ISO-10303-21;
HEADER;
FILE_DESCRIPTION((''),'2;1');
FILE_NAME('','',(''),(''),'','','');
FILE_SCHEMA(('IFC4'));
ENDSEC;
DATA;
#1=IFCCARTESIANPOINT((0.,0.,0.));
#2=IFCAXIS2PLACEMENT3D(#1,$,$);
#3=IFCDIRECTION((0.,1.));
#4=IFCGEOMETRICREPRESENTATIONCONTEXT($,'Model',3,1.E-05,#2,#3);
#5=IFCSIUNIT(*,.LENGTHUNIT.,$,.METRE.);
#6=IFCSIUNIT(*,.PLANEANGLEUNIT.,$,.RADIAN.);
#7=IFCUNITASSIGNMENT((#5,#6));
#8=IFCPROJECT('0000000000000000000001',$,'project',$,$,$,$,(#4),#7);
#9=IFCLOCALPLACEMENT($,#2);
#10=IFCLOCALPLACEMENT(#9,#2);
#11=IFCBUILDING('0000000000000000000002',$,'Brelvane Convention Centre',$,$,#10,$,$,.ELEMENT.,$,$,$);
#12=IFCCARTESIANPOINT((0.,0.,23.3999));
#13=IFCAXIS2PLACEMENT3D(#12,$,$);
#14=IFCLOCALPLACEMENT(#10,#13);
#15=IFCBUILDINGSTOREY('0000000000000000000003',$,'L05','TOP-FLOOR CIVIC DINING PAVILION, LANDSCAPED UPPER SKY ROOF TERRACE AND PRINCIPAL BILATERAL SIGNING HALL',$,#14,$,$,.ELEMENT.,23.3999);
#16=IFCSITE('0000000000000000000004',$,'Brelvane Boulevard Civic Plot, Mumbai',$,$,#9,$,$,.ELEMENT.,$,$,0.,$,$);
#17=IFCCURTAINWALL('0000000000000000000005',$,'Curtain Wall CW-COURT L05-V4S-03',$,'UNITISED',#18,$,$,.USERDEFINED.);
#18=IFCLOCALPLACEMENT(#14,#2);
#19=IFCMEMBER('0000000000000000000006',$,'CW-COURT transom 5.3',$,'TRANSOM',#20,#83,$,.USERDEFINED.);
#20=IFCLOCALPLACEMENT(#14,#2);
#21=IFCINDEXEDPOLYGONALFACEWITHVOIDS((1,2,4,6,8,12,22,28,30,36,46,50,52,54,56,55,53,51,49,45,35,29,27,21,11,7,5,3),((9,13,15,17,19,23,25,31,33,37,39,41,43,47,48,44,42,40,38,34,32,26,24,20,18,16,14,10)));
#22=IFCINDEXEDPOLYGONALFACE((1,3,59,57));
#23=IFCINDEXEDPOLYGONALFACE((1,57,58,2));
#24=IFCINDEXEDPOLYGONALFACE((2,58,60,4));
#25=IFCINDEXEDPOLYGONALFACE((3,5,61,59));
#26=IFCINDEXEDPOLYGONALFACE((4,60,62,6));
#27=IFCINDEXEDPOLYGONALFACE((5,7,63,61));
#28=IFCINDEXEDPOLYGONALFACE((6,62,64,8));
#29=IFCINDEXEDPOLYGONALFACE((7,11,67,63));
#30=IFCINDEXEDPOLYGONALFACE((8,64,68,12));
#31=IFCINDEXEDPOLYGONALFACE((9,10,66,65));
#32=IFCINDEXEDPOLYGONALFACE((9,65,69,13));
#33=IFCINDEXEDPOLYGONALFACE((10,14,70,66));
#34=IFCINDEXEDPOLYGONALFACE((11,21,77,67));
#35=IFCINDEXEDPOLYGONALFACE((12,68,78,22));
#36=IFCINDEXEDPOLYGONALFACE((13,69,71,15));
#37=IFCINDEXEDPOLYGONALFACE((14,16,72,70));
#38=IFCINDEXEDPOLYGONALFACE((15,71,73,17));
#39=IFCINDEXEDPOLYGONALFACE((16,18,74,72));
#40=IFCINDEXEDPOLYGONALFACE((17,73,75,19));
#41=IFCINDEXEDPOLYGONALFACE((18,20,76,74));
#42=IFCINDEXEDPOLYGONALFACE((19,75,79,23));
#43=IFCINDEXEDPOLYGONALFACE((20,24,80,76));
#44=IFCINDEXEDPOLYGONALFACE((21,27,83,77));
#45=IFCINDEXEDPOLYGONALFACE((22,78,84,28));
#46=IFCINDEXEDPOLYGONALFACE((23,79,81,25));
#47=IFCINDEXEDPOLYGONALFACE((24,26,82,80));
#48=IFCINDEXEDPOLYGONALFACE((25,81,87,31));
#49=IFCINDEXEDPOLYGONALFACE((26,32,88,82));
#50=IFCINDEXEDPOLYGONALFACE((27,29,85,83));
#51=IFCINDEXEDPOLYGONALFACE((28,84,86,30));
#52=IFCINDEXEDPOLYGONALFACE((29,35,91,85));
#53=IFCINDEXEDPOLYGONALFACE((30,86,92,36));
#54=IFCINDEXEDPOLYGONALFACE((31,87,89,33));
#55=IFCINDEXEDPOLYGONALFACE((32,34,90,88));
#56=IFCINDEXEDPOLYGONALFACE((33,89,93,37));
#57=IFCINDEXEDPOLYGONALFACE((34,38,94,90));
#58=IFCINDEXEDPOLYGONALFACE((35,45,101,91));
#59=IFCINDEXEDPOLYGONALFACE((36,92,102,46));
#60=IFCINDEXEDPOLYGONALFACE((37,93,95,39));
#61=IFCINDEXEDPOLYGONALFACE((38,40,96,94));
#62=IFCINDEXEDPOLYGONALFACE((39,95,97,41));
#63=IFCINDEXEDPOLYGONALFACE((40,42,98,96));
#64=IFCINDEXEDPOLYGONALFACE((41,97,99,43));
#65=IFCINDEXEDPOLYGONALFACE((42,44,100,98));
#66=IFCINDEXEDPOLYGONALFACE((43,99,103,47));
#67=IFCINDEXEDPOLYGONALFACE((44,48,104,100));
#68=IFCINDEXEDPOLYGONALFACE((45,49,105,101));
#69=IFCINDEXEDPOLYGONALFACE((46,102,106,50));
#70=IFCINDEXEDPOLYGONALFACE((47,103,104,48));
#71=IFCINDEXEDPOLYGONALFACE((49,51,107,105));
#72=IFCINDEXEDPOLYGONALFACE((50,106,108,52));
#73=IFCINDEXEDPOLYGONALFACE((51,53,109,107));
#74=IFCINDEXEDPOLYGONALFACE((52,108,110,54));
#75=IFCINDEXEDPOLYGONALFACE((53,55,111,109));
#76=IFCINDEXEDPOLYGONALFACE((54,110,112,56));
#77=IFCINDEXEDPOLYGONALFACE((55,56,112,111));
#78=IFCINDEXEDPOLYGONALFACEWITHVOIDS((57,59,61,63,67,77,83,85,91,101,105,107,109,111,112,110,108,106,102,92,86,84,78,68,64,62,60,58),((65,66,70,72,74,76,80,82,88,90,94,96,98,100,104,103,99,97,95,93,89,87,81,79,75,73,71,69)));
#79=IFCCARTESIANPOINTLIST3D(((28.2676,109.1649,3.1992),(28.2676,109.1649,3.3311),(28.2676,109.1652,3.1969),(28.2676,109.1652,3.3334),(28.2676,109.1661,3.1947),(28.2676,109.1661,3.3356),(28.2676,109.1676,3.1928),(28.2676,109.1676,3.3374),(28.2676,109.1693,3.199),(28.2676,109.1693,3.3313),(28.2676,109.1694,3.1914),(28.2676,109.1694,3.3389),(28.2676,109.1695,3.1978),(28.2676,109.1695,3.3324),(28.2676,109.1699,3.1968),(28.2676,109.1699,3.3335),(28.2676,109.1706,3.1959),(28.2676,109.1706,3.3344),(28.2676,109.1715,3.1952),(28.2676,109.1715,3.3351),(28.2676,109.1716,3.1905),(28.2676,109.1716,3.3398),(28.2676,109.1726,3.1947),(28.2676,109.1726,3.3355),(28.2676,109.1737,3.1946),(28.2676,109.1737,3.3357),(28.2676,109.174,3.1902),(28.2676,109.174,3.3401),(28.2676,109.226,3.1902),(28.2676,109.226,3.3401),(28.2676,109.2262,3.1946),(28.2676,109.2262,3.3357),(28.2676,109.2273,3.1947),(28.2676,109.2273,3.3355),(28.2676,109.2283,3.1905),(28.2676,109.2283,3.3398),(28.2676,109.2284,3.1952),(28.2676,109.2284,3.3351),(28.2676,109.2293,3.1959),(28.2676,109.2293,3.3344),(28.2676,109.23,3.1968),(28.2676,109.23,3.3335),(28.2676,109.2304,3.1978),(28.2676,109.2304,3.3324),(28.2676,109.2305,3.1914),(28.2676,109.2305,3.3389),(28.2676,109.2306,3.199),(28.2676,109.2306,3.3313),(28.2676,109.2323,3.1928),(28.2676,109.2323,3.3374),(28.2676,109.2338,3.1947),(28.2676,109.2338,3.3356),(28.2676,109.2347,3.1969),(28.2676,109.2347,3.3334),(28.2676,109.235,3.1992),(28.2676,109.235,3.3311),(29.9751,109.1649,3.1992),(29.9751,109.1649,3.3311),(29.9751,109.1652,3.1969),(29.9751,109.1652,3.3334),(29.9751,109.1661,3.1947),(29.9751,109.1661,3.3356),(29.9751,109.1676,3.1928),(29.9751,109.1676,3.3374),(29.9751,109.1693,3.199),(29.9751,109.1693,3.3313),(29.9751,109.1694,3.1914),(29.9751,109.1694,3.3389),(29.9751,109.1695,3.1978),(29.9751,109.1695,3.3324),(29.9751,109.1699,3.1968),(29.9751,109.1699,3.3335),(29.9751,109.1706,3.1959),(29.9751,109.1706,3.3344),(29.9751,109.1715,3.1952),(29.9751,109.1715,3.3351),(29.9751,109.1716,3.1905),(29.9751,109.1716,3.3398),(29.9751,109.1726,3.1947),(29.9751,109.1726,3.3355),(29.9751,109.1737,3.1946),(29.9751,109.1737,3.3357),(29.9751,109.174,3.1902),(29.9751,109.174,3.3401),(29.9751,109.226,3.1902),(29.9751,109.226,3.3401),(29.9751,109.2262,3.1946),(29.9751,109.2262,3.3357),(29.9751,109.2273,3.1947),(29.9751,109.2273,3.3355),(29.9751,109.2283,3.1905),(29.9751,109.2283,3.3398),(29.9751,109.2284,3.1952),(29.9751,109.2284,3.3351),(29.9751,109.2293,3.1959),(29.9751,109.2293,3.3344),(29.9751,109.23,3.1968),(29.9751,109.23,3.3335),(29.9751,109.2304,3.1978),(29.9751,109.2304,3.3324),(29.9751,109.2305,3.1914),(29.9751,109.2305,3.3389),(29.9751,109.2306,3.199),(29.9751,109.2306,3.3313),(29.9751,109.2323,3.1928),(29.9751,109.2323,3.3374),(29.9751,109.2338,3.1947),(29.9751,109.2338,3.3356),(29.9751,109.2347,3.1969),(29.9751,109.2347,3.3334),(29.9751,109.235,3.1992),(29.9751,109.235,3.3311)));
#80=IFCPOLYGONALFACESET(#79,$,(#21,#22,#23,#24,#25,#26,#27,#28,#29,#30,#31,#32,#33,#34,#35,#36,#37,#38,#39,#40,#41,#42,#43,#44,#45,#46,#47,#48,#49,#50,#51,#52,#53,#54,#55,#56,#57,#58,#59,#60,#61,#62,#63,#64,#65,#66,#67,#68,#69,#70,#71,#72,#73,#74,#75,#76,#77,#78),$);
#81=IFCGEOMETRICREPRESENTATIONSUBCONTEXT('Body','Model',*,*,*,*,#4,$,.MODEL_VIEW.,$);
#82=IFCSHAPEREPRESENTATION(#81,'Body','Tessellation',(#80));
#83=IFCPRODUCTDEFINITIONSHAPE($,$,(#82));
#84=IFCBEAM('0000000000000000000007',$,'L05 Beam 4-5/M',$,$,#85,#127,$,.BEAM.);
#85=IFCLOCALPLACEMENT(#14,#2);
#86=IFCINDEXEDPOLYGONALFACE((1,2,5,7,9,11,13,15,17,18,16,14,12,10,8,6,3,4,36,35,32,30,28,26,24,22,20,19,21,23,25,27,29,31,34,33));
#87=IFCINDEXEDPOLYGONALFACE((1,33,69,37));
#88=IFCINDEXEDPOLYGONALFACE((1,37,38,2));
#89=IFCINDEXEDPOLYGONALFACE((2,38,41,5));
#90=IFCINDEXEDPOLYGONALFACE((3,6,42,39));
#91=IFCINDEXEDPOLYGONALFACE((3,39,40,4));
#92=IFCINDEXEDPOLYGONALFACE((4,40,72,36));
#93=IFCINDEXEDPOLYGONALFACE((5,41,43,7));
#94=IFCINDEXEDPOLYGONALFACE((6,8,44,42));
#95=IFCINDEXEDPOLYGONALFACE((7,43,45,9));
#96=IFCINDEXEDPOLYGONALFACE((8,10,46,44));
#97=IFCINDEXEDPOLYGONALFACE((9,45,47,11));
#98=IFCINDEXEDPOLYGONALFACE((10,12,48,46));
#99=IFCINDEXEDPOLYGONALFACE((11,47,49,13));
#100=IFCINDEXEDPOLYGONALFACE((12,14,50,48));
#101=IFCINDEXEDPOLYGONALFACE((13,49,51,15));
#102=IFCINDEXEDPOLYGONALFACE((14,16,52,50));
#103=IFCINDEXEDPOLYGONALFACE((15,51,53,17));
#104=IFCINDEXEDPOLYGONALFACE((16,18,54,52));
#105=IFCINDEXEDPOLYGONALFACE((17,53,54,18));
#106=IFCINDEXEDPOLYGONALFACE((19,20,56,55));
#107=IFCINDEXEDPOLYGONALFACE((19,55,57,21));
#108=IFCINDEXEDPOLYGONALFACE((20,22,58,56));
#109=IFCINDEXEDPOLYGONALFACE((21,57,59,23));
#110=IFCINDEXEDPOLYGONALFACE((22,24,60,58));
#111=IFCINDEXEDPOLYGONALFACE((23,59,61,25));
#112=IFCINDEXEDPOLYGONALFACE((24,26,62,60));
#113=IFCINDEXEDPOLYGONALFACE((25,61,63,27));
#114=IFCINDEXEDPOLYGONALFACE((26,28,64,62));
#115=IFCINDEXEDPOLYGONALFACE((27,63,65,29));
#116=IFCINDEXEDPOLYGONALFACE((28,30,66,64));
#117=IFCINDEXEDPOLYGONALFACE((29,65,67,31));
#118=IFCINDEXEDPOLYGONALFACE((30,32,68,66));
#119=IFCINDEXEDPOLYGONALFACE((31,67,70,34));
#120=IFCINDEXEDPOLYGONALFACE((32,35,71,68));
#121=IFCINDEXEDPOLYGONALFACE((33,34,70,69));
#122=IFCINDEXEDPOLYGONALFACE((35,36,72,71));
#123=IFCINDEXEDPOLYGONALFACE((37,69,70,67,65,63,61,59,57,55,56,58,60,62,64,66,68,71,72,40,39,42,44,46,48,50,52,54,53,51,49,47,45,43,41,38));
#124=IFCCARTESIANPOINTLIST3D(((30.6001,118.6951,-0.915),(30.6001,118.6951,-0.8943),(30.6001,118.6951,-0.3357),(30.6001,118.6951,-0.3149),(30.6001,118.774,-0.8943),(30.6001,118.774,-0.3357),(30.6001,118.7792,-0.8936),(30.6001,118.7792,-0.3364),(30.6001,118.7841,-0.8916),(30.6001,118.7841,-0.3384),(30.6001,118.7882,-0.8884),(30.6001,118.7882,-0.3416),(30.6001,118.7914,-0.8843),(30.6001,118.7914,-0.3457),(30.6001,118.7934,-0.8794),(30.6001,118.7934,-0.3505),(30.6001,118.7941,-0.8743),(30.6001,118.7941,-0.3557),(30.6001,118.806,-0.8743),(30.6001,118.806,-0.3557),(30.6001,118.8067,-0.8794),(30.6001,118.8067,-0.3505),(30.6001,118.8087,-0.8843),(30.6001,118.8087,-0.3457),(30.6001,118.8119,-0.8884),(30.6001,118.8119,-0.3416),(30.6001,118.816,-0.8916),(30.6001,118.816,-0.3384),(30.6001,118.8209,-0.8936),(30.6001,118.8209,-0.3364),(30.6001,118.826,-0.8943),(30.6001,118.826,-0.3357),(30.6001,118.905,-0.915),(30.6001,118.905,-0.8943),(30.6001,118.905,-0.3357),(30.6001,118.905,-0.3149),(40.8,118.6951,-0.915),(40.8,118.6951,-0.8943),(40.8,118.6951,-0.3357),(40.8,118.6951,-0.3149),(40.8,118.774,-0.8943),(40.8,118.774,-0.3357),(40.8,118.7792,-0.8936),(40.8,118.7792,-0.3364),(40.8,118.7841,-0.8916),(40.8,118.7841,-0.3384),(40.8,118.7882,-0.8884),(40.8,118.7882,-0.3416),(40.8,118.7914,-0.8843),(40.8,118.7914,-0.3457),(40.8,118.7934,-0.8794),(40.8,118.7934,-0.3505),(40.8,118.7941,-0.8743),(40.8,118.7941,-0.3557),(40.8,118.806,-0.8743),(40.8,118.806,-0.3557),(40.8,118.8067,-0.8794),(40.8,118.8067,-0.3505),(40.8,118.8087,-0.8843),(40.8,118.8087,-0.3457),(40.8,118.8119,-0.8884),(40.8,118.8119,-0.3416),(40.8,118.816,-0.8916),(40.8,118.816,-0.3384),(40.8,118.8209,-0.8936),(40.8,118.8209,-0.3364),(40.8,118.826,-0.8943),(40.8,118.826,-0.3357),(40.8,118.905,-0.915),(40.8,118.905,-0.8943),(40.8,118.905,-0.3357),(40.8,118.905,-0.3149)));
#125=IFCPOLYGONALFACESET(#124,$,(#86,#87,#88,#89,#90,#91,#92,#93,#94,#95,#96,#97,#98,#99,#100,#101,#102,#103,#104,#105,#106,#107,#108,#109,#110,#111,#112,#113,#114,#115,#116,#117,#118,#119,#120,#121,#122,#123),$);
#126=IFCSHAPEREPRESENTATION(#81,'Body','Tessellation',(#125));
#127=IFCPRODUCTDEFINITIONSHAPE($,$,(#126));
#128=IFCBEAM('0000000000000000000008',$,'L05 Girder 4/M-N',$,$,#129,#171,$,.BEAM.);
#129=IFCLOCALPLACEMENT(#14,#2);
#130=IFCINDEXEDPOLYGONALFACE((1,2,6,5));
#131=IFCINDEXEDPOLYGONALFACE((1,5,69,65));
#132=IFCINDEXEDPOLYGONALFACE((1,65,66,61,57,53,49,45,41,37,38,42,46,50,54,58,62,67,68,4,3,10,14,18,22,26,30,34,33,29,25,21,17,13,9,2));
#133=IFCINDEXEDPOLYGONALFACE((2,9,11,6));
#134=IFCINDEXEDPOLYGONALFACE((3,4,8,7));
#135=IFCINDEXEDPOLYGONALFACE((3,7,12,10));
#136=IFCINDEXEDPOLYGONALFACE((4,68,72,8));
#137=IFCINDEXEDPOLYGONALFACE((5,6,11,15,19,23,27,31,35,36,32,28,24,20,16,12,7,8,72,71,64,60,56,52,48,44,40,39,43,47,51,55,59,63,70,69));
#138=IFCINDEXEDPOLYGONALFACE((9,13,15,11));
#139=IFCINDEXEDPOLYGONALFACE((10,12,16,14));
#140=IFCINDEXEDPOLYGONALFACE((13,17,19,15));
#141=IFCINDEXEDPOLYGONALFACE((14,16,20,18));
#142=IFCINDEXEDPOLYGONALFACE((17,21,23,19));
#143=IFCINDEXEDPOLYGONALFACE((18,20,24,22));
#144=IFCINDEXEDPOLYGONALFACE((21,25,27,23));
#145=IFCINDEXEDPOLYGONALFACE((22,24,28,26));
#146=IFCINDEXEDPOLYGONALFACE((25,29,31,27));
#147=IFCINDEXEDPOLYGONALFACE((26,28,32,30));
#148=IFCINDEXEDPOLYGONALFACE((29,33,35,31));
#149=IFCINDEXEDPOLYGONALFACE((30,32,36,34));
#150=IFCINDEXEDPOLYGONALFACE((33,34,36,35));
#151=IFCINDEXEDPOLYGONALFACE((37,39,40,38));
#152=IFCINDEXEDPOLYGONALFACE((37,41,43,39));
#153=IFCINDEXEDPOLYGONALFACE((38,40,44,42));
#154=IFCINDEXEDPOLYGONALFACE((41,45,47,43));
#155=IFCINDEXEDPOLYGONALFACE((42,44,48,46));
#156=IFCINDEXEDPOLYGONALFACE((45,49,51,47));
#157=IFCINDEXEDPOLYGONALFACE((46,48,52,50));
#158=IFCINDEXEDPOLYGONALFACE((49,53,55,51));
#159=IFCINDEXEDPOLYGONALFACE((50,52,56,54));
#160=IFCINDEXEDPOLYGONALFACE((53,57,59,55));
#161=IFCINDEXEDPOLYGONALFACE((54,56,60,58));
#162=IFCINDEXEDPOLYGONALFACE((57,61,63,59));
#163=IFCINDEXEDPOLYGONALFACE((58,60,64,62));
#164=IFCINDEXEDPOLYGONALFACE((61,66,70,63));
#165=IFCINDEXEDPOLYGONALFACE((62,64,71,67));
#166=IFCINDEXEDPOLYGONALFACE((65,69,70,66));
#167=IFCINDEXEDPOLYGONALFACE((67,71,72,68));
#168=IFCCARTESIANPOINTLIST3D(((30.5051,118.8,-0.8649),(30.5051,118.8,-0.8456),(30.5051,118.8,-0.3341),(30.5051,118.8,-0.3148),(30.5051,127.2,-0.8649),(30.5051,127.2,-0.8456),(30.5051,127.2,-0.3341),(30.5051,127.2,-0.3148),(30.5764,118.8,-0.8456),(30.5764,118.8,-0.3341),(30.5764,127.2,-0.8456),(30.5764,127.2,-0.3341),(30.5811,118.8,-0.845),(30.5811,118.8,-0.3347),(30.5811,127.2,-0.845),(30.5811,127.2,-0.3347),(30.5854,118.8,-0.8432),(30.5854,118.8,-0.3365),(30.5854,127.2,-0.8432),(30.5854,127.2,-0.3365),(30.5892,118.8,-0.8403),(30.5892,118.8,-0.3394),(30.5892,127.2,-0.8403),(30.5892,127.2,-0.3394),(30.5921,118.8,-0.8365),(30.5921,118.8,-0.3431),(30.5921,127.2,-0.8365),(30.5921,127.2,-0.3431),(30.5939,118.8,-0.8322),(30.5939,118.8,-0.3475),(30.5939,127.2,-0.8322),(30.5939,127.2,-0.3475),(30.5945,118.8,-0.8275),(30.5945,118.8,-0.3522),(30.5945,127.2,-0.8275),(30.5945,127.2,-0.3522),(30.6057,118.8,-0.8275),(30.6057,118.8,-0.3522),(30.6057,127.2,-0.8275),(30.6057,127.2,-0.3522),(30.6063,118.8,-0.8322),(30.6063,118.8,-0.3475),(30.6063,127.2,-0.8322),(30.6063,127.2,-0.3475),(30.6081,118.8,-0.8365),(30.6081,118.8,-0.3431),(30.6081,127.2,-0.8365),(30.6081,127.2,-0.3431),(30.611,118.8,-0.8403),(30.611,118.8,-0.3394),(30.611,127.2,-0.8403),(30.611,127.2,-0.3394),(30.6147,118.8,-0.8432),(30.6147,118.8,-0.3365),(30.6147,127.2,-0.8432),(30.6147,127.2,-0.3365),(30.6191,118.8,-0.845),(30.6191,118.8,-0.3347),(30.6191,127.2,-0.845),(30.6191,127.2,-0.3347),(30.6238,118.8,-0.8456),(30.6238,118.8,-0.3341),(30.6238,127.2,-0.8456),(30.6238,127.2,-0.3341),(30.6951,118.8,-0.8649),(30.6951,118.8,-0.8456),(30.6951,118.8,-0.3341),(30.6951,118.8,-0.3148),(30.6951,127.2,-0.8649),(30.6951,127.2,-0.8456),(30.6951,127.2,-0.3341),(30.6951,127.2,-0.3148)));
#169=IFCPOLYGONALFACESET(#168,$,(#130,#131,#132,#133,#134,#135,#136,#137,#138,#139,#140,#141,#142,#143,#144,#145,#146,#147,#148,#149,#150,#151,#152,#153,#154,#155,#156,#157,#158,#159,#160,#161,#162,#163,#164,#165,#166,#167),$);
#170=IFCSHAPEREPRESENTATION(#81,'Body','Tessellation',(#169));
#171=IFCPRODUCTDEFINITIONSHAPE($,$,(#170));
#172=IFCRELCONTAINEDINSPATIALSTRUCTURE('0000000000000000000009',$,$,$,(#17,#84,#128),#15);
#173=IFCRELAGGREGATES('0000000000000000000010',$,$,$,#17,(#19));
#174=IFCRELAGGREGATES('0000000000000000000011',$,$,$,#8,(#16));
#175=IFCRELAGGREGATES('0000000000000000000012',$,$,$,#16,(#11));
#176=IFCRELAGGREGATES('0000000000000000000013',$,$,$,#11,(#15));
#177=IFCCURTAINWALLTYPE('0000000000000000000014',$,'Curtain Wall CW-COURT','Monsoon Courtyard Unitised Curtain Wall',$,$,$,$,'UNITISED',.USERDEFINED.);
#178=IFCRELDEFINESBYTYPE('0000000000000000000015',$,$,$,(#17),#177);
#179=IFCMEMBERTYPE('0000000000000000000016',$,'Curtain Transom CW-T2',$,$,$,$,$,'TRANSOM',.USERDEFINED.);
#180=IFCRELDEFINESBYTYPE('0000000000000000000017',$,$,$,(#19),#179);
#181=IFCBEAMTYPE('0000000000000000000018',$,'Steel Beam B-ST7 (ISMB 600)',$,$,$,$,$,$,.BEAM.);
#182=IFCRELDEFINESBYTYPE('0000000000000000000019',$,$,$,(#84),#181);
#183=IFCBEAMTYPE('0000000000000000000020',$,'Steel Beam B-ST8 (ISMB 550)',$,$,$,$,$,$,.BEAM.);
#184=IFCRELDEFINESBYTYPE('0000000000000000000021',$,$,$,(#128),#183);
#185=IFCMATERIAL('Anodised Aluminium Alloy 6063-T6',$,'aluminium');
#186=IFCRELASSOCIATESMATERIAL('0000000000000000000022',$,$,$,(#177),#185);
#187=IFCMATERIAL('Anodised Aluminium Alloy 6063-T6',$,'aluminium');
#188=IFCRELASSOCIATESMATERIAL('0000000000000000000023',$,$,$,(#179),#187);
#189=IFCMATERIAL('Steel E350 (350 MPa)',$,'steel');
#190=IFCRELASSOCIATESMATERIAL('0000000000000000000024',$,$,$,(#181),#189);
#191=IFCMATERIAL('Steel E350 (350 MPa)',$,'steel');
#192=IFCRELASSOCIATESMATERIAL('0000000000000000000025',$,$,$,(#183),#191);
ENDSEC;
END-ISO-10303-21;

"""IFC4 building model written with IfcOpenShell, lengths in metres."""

from ifc_helpers import new_model, si_unit, direction, frame, origin, origin_2d, place, context, subcontext, project, spatial, hollow_rectangle, i_section, extrude, material, material_profile, profile_set, type_object, element, aggregate, save


model = new_model("IFC4")

# Units and contexts
model_context = context("Model", 3, precision=1e-05, world=origin(), true_north=direction((0.0, 1.0)))
body_context = subcontext(model_context, "Body", "Model", "MODEL_VIEW")
ifc_project = project(units=[si_unit("LENGTHUNIT", "METRE"), si_unit("PLANEANGLEUNIT", "RADIAN")], contexts=[model_context])

# Site, building, storey
site_placement = place(None, origin())
site = spatial("IfcSite", under=ifc_project, at=site_placement, Name="Brelvane Boulevard Civic Plot, Mumbai", CompositionType="ELEMENT", RefElevation=0.0)
building_placement = place(site_placement, origin())
building = spatial("IfcBuilding", under=site, at=building_placement, Name="Brelvane Convention Centre", CompositionType="ELEMENT")
storey_placement = place(building_placement, frame((0.0, 0.0, 23.3999)))
storey = spatial("IfcBuildingStorey", under=building, at=storey_placement, Name="L05", Description="TOP-FLOOR CIVIC DINING PAVILION, LANDSCAPED UPPER SKY ROOF TERRACE AND PRINCIPAL BILATERAL SIGNING HALL", CompositionType="ELEMENT", Elevation=23.3999)

# Curtain wall, member
ifc_material_1 = material(Name="Anodised Aluminium Alloy 6063-T6", Category="aluminium")
curtain_wall_type = type_object("IfcCurtainWallType", Name="Curtain Wall CW-COURT", Description="Monsoon Courtyard Unitised Curtain Wall", ElementType="UNITISED", PredefinedType="USERDEFINED", material=ifc_material_1)
curtain_wall_placement = place(storey_placement, origin())
curtain_wall = element("IfcCurtainWall", 1, at=curtain_wall_placement, inside=storey, type_object=curtain_wall_type, Name="Curtain Wall CW-COURT L05-V4S-03", ObjectType="UNITISED", PredefinedType="USERDEFINED")
ifc_material_2 = material(Name="Anodised Aluminium Alloy 6063-T6", Category="aluminium")
ifc_material_profile_1 = material_profile(ifc_material_2, hollow_rectangle(XDim=0.0701, YDim=0.1499, WallThickness=0.0044, InnerFilletRadius=0.0044, OuterFilletRadius=0.009, at=origin_2d()), Name="ALU-T 150x70x4.5")
ifc_profile_set_1 = profile_set([ifc_material_profile_1], Name="Anodised Aluminium Alloy 6063-T6")
member_type_1 = type_object("IfcMemberType", Name="Curtain Transom CW-T2", ElementType="TRANSOM", PredefinedType="USERDEFINED", material=ifc_profile_set_1)
member_1_placement = place(storey_placement, frame((28.2676, 109.2, 3.2651), z_axis=(1.0, 0.0, 0.0), x_axis=(0.0, 1.0, 0.0)))
member_1 = element("IfcMember", 2, at=member_1_placement, type_object=member_type_1, Name="CW-COURT transom 5.3", ObjectType="TRANSOM", PredefinedType="USERDEFINED", context=body_context, shape_type="SweptSolid", body=[
    extrude(hollow_rectangle(XDim=0.0701, YDim=0.1499, WallThickness=0.0044, InnerFilletRadius=0.0044, OuterFilletRadius=0.009, at=origin_2d()), origin(), (0.0, 0.0, 1.0), 1.7075),
])

# Beams
ifc_material_3 = material(Name="Steel E350 (350 MPa)", Category="steel")
ifc_material_profile_2 = material_profile(ifc_material_3, i_section(OverallWidth=0.21, OverallDepth=0.6001, WebThickness=0.012, FlangeThickness=0.0208, FilletRadius=0.02, at=origin_2d()), Name="ISMB 600")
ifc_profile_set_2 = profile_set([ifc_material_profile_2], Name="Steel E350 (350 MPa)")
beam_type_1 = type_object("IfcBeamType", Name="Steel Beam B-ST7 (ISMB 600)", PredefinedType="BEAM", material=ifc_profile_set_2)
beam_1_placement = place(storey_placement, frame((30.6001, 118.8, -0.615), z_axis=(1.0, 0.0, 0.0), x_axis=(0.0, 1.0, 0.0)))
element("IfcBeam", 3, at=beam_1_placement, inside=storey, type_object=beam_type_1, Name="L05 Beam 4-5/M", PredefinedType="BEAM", context=body_context, shape_type="SweptSolid", body=[
    extrude(i_section(OverallWidth=0.21, OverallDepth=0.6001, WebThickness=0.012, FlangeThickness=0.0208, FilletRadius=0.02, at=origin_2d()), origin(), (0.0, 0.0, 1.0), 10.2),
])
ifc_material_4 = material(Name="Steel E350 (350 MPa)", Category="steel")
ifc_material_profile_3 = material_profile(ifc_material_4, i_section(OverallWidth=0.1899, OverallDepth=0.55, WebThickness=0.0112, FlangeThickness=0.0193, FilletRadius=0.0181, at=origin_2d()), Name="ISMB 550")
ifc_profile_set_3 = profile_set([ifc_material_profile_3], Name="Steel E350 (350 MPa)")
beam_type_2 = type_object("IfcBeamType", Name="Steel Beam B-ST8 (ISMB 550)", PredefinedType="BEAM", material=ifc_profile_set_3)
beam_2_placement = place(storey_placement, frame((30.6001, 118.8, -0.5898), z_axis=(0.0, 1.0, 0.0), x_axis=(-1.0, 0.0, 0.0)))
element("IfcBeam", 4, at=beam_2_placement, inside=storey, type_object=beam_type_2, Name="L05 Girder 4/M-N", PredefinedType="BEAM", context=body_context, shape_type="SweptSolid", body=[
    extrude(i_section(OverallWidth=0.1899, OverallDepth=0.55, WebThickness=0.0112, FlangeThickness=0.0193, FilletRadius=0.0181, at=origin_2d()), origin(), (0.0, 0.0, 1.0), 8.3999),
])

aggregate(curtain_wall, [member_1])

save(model, "model.ifc")
